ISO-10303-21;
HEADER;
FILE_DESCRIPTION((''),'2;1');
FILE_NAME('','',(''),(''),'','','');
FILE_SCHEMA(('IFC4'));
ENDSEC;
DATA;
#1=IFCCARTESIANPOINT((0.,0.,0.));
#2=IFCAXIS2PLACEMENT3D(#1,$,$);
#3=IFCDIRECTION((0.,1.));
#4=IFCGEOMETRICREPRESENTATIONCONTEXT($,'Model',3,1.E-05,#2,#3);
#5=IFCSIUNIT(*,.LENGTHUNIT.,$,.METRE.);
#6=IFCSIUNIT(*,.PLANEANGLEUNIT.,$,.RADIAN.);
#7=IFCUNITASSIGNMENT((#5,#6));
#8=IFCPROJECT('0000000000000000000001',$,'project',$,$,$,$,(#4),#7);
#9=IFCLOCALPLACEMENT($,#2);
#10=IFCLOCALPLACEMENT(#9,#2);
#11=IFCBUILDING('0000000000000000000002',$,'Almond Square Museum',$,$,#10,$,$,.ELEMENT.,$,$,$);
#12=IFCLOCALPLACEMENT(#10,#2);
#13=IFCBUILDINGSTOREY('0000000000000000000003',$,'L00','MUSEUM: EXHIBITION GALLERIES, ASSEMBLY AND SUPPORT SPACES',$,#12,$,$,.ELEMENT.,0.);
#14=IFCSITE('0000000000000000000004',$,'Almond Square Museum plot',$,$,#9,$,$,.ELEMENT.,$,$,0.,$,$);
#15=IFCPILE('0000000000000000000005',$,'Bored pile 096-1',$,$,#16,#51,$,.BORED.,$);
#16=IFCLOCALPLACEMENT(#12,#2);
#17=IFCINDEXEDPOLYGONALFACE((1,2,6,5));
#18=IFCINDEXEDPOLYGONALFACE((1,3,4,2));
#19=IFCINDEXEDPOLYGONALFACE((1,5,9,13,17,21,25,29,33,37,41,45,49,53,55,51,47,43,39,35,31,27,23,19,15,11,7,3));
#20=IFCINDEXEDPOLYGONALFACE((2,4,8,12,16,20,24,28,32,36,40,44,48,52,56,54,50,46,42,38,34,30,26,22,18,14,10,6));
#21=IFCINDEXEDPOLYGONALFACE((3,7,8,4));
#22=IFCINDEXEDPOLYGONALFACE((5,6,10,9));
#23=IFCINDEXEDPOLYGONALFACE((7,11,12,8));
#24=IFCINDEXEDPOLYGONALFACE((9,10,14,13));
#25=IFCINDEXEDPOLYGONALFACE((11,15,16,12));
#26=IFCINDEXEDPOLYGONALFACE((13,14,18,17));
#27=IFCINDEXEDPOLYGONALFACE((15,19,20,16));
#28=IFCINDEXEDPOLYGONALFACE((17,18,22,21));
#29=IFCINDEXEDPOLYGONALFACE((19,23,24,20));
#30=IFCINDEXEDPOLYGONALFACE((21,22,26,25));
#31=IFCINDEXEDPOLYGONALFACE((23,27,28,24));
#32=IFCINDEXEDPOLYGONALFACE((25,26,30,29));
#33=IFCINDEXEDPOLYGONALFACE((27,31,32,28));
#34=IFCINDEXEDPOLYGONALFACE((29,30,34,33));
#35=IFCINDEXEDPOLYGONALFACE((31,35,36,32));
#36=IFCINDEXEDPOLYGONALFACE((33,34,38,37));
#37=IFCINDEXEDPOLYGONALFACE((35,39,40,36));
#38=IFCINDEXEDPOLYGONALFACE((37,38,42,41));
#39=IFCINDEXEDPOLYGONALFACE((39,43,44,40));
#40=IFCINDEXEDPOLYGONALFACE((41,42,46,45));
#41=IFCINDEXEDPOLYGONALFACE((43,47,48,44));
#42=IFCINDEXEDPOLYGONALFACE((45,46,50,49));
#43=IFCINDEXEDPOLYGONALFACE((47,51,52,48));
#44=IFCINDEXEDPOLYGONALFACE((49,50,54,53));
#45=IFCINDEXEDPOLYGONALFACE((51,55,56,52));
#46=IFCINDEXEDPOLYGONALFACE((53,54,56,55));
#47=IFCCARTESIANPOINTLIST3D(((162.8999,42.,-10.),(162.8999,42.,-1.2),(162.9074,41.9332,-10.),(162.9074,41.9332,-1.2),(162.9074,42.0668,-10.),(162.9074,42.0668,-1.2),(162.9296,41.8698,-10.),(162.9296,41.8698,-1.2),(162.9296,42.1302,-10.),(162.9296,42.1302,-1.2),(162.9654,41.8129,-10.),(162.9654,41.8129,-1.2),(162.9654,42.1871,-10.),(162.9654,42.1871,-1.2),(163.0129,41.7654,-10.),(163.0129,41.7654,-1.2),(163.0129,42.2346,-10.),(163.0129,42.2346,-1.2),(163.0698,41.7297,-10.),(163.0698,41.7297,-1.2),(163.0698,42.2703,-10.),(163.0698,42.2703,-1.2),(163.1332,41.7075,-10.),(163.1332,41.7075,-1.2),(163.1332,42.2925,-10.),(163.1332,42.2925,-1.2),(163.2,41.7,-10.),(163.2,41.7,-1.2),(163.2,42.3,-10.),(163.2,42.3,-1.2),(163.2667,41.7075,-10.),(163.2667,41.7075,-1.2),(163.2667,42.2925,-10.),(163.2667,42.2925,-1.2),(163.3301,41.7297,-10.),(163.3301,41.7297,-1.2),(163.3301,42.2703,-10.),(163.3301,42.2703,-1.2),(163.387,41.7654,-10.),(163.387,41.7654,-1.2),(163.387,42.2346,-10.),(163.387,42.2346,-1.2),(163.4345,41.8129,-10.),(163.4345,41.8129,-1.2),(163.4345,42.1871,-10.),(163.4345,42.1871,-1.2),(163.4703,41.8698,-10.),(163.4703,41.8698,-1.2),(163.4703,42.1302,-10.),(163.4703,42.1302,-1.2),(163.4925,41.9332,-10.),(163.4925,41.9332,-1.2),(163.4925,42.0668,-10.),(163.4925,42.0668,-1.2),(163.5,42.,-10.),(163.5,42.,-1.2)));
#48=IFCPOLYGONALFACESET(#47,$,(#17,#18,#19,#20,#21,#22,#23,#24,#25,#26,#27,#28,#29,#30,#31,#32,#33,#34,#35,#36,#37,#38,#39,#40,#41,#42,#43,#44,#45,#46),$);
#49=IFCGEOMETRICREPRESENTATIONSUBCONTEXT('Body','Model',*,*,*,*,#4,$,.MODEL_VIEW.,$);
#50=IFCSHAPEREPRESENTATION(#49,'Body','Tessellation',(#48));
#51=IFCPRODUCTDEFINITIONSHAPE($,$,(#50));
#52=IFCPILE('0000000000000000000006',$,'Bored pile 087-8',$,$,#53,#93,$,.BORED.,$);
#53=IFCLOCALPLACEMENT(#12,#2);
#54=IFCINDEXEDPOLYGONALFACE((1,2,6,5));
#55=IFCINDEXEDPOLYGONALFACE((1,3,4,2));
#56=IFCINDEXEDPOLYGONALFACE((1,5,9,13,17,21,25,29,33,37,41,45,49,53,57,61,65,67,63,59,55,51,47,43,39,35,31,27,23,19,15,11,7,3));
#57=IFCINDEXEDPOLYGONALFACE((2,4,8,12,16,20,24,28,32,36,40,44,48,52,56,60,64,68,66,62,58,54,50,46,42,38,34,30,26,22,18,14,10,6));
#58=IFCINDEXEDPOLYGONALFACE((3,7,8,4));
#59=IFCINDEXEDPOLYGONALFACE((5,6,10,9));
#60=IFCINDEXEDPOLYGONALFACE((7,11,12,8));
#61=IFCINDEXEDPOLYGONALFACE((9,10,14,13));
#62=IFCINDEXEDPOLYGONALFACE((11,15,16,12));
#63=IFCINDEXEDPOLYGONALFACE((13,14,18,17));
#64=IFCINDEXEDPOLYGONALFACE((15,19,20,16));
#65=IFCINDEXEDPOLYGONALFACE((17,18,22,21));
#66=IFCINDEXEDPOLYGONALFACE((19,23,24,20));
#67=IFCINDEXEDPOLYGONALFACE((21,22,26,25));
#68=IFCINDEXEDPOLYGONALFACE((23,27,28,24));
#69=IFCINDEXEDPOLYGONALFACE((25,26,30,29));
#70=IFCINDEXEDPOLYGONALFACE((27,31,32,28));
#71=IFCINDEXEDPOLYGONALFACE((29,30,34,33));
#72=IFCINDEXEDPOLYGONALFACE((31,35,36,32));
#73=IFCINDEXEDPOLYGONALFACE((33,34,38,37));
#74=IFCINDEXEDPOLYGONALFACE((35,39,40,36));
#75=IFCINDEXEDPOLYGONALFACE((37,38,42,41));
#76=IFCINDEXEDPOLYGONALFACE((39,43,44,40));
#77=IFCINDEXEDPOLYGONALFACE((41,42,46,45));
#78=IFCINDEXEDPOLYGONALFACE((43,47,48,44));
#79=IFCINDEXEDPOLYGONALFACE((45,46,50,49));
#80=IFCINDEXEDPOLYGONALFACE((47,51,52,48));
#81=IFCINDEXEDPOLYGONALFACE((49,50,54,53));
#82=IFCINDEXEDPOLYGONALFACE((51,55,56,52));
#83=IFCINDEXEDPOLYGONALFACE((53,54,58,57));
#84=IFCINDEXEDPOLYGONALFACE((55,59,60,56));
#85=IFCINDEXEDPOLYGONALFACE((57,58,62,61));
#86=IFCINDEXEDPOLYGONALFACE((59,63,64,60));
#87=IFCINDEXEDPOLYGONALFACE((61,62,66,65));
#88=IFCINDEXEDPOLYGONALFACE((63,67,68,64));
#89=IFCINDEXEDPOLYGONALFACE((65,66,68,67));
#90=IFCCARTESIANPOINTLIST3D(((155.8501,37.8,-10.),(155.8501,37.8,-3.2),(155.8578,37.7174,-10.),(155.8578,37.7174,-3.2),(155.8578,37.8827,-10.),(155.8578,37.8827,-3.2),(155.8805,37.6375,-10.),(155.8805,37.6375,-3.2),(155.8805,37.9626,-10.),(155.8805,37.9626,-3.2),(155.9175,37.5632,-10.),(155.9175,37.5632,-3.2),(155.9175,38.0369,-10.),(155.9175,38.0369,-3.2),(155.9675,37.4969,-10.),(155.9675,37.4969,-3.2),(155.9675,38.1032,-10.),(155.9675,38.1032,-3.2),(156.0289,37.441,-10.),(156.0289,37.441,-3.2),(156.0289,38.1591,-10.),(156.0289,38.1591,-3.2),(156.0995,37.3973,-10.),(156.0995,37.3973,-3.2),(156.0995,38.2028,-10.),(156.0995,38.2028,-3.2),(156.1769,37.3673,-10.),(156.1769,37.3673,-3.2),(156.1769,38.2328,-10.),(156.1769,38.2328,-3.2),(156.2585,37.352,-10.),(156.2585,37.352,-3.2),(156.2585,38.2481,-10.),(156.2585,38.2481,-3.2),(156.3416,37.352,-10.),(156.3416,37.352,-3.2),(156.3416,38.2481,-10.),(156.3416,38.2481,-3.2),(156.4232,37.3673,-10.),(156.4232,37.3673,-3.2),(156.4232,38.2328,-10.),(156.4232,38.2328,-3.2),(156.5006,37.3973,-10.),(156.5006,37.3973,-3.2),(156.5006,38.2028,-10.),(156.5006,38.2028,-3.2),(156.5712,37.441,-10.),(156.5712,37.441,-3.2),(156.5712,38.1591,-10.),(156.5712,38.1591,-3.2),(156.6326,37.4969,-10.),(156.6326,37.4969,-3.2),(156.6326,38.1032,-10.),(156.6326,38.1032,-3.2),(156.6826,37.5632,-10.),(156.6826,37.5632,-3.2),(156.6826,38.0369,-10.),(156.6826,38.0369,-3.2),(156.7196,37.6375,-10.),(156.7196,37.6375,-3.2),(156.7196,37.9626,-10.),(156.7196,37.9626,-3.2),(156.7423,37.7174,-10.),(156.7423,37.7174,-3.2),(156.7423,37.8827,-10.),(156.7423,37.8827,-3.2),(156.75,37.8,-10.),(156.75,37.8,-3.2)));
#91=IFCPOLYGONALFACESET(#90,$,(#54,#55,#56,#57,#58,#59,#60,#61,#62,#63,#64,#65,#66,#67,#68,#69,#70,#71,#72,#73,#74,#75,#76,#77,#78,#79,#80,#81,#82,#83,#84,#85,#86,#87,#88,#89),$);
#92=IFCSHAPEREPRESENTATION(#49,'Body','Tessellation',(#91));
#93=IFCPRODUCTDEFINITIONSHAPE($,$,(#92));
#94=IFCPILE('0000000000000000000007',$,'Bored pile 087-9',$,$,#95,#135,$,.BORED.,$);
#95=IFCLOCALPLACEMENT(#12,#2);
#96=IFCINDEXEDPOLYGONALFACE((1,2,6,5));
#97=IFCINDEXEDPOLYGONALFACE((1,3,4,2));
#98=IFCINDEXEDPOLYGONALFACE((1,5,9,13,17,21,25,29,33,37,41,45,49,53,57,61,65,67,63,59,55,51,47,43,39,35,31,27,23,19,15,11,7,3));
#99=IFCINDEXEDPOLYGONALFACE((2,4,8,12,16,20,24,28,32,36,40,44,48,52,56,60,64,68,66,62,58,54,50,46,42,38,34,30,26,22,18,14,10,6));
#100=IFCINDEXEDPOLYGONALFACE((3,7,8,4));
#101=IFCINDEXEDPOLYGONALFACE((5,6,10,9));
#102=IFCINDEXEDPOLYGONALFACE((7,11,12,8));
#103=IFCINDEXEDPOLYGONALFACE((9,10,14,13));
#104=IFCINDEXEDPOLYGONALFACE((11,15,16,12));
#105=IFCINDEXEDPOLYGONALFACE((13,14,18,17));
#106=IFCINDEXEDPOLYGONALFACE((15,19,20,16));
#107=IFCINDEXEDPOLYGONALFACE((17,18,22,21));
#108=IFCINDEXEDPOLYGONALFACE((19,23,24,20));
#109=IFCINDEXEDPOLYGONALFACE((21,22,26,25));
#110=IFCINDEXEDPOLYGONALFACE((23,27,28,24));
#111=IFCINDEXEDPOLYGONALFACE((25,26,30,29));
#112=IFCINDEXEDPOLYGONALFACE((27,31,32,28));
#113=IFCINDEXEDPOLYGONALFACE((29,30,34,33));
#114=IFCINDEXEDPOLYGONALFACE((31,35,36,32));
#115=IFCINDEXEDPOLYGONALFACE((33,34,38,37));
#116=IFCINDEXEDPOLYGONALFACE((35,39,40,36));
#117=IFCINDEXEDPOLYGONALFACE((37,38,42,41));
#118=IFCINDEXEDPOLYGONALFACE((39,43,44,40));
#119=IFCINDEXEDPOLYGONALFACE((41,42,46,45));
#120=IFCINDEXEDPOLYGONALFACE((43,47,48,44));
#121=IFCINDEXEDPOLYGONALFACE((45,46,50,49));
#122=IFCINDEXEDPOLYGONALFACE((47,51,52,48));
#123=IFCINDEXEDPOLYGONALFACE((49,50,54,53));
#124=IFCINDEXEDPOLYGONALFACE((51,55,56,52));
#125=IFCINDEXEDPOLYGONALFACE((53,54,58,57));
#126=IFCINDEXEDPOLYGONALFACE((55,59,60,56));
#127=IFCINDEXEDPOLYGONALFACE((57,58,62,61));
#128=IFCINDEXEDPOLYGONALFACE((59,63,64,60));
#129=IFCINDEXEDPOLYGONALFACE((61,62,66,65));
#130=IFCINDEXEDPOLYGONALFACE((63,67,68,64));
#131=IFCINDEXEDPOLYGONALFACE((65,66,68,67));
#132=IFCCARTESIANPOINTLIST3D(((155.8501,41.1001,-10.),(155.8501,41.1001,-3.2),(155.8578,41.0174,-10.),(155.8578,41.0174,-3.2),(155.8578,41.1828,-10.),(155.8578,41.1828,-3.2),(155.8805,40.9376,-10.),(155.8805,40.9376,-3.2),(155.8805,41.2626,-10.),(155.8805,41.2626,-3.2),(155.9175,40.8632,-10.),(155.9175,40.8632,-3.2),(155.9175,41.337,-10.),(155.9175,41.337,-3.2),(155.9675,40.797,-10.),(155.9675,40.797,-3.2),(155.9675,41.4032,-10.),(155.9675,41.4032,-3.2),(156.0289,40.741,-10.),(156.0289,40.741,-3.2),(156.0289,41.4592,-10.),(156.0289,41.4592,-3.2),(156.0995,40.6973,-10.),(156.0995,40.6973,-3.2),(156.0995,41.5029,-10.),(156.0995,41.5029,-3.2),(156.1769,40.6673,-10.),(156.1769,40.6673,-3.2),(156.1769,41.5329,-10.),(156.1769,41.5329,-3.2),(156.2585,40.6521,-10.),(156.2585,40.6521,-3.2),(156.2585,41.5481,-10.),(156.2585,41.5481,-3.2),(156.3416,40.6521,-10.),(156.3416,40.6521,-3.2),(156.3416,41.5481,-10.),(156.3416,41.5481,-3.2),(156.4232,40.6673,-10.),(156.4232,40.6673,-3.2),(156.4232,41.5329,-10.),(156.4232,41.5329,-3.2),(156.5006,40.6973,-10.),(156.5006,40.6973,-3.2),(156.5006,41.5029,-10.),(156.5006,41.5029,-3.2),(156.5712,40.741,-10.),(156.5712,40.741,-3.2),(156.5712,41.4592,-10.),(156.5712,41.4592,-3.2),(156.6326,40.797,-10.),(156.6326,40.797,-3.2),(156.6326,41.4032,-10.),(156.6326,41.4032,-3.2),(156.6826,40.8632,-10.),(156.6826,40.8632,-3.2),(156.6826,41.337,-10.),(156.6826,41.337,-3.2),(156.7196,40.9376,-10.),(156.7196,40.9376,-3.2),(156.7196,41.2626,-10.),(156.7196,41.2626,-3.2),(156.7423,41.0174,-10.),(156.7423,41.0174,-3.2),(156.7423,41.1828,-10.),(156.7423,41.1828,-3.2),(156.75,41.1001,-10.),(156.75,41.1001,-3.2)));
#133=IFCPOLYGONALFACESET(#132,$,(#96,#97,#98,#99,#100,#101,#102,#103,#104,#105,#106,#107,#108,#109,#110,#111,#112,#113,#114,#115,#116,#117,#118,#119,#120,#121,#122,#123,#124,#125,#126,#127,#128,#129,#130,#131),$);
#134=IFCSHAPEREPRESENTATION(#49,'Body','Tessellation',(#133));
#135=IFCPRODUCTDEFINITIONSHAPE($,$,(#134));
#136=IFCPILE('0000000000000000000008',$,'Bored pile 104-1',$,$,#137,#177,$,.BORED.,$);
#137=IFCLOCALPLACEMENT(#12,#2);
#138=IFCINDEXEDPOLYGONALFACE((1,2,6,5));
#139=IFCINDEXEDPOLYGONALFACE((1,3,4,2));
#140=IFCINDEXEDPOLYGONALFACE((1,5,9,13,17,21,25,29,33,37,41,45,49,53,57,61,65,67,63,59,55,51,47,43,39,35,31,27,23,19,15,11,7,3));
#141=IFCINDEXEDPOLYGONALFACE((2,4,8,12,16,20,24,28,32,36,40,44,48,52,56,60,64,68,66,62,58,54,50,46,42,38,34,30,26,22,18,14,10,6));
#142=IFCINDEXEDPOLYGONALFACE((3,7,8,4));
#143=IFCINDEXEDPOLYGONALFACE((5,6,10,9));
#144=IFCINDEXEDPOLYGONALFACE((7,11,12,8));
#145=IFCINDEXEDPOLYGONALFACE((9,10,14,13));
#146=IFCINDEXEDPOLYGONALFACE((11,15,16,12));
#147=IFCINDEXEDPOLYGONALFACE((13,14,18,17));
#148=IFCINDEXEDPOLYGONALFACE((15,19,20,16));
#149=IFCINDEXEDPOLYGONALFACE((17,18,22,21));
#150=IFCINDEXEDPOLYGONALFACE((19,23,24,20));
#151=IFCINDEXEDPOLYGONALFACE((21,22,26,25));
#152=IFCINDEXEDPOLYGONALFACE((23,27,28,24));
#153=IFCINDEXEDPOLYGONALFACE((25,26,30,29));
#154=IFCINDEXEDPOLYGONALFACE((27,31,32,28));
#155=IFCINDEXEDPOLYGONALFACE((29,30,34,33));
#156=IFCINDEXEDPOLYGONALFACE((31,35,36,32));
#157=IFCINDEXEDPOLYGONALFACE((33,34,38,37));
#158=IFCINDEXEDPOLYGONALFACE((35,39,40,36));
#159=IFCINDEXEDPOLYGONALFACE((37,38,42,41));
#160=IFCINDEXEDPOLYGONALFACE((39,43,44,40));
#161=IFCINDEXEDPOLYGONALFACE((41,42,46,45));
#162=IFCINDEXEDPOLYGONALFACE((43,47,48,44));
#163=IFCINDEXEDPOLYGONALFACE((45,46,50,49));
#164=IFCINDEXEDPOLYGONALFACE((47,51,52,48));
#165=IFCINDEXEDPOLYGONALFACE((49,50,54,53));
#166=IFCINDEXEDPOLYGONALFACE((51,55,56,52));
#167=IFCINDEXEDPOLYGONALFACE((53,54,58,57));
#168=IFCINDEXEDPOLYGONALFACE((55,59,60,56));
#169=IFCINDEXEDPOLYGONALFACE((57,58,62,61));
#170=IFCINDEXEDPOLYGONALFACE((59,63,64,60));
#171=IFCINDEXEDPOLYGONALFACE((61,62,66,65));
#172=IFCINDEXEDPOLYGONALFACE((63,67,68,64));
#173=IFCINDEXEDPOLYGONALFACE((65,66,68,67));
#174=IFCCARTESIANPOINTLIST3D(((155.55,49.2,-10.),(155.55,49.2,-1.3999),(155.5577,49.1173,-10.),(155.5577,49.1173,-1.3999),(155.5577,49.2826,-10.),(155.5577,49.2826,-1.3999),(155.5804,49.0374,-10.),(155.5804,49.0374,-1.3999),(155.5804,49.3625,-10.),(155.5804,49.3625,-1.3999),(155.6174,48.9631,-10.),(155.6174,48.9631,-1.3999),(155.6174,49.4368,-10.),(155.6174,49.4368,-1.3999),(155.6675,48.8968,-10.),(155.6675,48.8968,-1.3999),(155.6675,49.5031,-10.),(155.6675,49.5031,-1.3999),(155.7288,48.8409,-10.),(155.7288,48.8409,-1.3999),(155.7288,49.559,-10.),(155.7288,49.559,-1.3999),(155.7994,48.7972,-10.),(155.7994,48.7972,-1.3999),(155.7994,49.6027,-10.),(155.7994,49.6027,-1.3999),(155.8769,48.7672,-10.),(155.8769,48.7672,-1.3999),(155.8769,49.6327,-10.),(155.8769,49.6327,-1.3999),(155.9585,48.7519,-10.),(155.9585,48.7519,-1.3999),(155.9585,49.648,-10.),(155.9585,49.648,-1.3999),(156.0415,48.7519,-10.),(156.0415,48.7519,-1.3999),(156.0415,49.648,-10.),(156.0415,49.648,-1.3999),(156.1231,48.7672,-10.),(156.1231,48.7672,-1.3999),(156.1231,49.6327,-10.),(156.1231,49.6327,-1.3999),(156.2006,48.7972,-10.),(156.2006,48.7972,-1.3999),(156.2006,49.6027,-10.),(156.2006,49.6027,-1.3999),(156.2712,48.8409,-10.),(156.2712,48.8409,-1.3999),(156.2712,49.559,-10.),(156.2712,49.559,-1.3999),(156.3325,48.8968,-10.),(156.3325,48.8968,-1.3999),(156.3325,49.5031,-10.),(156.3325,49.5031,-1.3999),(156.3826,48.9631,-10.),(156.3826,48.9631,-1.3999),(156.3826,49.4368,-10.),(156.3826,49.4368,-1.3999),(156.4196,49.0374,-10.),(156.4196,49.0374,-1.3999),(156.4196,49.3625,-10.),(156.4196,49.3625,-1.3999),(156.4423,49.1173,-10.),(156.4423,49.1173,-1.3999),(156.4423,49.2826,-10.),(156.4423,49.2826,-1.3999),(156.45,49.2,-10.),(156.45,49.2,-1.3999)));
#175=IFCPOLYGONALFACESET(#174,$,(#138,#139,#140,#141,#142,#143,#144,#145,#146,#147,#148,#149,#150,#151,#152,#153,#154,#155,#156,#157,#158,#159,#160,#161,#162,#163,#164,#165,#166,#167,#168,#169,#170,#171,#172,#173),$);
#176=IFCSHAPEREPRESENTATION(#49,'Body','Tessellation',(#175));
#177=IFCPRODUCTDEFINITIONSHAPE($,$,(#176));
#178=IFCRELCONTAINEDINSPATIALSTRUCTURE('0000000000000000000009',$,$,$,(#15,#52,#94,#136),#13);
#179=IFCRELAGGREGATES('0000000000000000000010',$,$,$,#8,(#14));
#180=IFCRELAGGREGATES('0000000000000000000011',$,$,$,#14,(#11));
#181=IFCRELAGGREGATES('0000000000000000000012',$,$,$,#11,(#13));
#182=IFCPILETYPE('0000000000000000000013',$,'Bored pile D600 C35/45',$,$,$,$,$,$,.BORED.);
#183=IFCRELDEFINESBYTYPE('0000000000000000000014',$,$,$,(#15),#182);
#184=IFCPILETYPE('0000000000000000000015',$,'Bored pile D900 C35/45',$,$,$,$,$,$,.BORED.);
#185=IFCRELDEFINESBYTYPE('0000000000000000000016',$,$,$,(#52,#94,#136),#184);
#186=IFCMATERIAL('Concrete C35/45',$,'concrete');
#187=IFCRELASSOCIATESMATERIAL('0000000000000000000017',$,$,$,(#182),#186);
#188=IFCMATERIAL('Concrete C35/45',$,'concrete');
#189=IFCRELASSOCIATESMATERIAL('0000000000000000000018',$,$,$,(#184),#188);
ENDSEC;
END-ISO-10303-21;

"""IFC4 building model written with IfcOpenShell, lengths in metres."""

from ifc_helpers import new_model, si_unit, direction, frame, origin, origin_2d, place, context, subcontext, project, spatial, circle, extrude, material, material_profile, profile_set, type_object, element, save


model = new_model("IFC4")

# Units and contexts
model_context = context("Model", 3, precision=1e-05, world=origin(), true_north=direction((0.0, 1.0)))
body_context = subcontext(model_context, "Body", "Model", "MODEL_VIEW")
ifc_project = project(units=[si_unit("LENGTHUNIT", "METRE"), si_unit("PLANEANGLEUNIT", "RADIAN")], contexts=[model_context])

# Site, building, storey
site_placement = place(None, origin())
site = spatial("IfcSite", under=ifc_project, at=site_placement, Name="Almond Square Museum plot", CompositionType="ELEMENT", RefElevation=0.0)
building_placement = place(site_placement, origin())
building = spatial("IfcBuilding", under=site, at=building_placement, Name="Almond Square Museum", CompositionType="ELEMENT")
storey_placement = place(building_placement, origin())
storey = spatial("IfcBuildingStorey", under=building, at=storey_placement, Name="L00", Description="MUSEUM: EXHIBITION GALLERIES, ASSEMBLY AND SUPPORT SPACES", CompositionType="ELEMENT", Elevation=0.0)

# Piles
ifc_material_1 = material(Name="Concrete C35/45", Category="concrete")
ifc_material_profile_1 = material_profile(ifc_material_1, circle(Radius=0.3, at=origin_2d()))
ifc_profile_set_1 = profile_set([ifc_material_profile_1], Name="Concrete C35/45")
pile_type_1 = type_object("IfcPileType", Name="Bored pile D600 C35/45", PredefinedType="BORED", material=ifc_profile_set_1)
pile_placement = place(storey_placement, frame((163.2, 42.0, -1.2), z_axis=(0.0, 0.0, -1.0), x_axis=(1.0, 0.0, 0.0)))
element("IfcPile", 1, at=pile_placement, inside=storey, type_object=pile_type_1, Name="Bored pile 096-1", PredefinedType="BORED", context=body_context, shape_type="SweptSolid", body=[
    extrude(circle(Radius=0.3, at=origin_2d()), origin(), (0.0, 0.0, 1.0), 8.8),
])
ifc_material_2 = material(Name="Concrete C35/45", Category="concrete")
ifc_material_profile_2 = material_profile(ifc_material_2, circle(Radius=0.45, at=origin_2d()))
ifc_profile_set_2 = profile_set([ifc_material_profile_2], Name="Concrete C35/45")
pile_type_2 = type_object("IfcPileType", Name="Bored pile D900 C35/45", PredefinedType="BORED", material=ifc_profile_set_2)
for number, where, z_axis, x_axis, name in (
    (2, (156.3, 37.8, -3.2), (0.0, 0.0, -1.0), (1.0, 0.0, 0.0), "Bored pile 087-8"),
    (3, (156.3, 41.1001, -3.2), (0.0, 0.0, -1.0), (1.0, 0.0, 0.0), "Bored pile 087-9"),
):
    element("IfcPile", number, at=place(storey_placement, frame(where, z_axis=z_axis, x_axis=x_axis)), inside=storey, type_object=pile_type_2, Name=name, PredefinedType="BORED", context=body_context, shape_type="SweptSolid", body=[
        extrude(circle(Radius=0.45, at=origin_2d()), origin(), (0.0, 0.0, 1.0), 6.8),
    ])
for number, where, z_axis, x_axis, name in (
    (4, (156.0, 49.2, -1.3999), (0.0, 0.0, -1.0), (1.0, 0.0, 0.0), "Bored pile 104-1"),
):
    element("IfcPile", number, at=place(storey_placement, frame(where, z_axis=z_axis, x_axis=x_axis)), inside=storey, type_object=pile_type_2, Name=name, PredefinedType="BORED", context=body_context, shape_type="SweptSolid", body=[
        extrude(circle(Radius=0.45, at=origin_2d()), origin(), (0.0, 0.0, 1.0), 8.6001),
    ])

save(model, "model.ifc")
